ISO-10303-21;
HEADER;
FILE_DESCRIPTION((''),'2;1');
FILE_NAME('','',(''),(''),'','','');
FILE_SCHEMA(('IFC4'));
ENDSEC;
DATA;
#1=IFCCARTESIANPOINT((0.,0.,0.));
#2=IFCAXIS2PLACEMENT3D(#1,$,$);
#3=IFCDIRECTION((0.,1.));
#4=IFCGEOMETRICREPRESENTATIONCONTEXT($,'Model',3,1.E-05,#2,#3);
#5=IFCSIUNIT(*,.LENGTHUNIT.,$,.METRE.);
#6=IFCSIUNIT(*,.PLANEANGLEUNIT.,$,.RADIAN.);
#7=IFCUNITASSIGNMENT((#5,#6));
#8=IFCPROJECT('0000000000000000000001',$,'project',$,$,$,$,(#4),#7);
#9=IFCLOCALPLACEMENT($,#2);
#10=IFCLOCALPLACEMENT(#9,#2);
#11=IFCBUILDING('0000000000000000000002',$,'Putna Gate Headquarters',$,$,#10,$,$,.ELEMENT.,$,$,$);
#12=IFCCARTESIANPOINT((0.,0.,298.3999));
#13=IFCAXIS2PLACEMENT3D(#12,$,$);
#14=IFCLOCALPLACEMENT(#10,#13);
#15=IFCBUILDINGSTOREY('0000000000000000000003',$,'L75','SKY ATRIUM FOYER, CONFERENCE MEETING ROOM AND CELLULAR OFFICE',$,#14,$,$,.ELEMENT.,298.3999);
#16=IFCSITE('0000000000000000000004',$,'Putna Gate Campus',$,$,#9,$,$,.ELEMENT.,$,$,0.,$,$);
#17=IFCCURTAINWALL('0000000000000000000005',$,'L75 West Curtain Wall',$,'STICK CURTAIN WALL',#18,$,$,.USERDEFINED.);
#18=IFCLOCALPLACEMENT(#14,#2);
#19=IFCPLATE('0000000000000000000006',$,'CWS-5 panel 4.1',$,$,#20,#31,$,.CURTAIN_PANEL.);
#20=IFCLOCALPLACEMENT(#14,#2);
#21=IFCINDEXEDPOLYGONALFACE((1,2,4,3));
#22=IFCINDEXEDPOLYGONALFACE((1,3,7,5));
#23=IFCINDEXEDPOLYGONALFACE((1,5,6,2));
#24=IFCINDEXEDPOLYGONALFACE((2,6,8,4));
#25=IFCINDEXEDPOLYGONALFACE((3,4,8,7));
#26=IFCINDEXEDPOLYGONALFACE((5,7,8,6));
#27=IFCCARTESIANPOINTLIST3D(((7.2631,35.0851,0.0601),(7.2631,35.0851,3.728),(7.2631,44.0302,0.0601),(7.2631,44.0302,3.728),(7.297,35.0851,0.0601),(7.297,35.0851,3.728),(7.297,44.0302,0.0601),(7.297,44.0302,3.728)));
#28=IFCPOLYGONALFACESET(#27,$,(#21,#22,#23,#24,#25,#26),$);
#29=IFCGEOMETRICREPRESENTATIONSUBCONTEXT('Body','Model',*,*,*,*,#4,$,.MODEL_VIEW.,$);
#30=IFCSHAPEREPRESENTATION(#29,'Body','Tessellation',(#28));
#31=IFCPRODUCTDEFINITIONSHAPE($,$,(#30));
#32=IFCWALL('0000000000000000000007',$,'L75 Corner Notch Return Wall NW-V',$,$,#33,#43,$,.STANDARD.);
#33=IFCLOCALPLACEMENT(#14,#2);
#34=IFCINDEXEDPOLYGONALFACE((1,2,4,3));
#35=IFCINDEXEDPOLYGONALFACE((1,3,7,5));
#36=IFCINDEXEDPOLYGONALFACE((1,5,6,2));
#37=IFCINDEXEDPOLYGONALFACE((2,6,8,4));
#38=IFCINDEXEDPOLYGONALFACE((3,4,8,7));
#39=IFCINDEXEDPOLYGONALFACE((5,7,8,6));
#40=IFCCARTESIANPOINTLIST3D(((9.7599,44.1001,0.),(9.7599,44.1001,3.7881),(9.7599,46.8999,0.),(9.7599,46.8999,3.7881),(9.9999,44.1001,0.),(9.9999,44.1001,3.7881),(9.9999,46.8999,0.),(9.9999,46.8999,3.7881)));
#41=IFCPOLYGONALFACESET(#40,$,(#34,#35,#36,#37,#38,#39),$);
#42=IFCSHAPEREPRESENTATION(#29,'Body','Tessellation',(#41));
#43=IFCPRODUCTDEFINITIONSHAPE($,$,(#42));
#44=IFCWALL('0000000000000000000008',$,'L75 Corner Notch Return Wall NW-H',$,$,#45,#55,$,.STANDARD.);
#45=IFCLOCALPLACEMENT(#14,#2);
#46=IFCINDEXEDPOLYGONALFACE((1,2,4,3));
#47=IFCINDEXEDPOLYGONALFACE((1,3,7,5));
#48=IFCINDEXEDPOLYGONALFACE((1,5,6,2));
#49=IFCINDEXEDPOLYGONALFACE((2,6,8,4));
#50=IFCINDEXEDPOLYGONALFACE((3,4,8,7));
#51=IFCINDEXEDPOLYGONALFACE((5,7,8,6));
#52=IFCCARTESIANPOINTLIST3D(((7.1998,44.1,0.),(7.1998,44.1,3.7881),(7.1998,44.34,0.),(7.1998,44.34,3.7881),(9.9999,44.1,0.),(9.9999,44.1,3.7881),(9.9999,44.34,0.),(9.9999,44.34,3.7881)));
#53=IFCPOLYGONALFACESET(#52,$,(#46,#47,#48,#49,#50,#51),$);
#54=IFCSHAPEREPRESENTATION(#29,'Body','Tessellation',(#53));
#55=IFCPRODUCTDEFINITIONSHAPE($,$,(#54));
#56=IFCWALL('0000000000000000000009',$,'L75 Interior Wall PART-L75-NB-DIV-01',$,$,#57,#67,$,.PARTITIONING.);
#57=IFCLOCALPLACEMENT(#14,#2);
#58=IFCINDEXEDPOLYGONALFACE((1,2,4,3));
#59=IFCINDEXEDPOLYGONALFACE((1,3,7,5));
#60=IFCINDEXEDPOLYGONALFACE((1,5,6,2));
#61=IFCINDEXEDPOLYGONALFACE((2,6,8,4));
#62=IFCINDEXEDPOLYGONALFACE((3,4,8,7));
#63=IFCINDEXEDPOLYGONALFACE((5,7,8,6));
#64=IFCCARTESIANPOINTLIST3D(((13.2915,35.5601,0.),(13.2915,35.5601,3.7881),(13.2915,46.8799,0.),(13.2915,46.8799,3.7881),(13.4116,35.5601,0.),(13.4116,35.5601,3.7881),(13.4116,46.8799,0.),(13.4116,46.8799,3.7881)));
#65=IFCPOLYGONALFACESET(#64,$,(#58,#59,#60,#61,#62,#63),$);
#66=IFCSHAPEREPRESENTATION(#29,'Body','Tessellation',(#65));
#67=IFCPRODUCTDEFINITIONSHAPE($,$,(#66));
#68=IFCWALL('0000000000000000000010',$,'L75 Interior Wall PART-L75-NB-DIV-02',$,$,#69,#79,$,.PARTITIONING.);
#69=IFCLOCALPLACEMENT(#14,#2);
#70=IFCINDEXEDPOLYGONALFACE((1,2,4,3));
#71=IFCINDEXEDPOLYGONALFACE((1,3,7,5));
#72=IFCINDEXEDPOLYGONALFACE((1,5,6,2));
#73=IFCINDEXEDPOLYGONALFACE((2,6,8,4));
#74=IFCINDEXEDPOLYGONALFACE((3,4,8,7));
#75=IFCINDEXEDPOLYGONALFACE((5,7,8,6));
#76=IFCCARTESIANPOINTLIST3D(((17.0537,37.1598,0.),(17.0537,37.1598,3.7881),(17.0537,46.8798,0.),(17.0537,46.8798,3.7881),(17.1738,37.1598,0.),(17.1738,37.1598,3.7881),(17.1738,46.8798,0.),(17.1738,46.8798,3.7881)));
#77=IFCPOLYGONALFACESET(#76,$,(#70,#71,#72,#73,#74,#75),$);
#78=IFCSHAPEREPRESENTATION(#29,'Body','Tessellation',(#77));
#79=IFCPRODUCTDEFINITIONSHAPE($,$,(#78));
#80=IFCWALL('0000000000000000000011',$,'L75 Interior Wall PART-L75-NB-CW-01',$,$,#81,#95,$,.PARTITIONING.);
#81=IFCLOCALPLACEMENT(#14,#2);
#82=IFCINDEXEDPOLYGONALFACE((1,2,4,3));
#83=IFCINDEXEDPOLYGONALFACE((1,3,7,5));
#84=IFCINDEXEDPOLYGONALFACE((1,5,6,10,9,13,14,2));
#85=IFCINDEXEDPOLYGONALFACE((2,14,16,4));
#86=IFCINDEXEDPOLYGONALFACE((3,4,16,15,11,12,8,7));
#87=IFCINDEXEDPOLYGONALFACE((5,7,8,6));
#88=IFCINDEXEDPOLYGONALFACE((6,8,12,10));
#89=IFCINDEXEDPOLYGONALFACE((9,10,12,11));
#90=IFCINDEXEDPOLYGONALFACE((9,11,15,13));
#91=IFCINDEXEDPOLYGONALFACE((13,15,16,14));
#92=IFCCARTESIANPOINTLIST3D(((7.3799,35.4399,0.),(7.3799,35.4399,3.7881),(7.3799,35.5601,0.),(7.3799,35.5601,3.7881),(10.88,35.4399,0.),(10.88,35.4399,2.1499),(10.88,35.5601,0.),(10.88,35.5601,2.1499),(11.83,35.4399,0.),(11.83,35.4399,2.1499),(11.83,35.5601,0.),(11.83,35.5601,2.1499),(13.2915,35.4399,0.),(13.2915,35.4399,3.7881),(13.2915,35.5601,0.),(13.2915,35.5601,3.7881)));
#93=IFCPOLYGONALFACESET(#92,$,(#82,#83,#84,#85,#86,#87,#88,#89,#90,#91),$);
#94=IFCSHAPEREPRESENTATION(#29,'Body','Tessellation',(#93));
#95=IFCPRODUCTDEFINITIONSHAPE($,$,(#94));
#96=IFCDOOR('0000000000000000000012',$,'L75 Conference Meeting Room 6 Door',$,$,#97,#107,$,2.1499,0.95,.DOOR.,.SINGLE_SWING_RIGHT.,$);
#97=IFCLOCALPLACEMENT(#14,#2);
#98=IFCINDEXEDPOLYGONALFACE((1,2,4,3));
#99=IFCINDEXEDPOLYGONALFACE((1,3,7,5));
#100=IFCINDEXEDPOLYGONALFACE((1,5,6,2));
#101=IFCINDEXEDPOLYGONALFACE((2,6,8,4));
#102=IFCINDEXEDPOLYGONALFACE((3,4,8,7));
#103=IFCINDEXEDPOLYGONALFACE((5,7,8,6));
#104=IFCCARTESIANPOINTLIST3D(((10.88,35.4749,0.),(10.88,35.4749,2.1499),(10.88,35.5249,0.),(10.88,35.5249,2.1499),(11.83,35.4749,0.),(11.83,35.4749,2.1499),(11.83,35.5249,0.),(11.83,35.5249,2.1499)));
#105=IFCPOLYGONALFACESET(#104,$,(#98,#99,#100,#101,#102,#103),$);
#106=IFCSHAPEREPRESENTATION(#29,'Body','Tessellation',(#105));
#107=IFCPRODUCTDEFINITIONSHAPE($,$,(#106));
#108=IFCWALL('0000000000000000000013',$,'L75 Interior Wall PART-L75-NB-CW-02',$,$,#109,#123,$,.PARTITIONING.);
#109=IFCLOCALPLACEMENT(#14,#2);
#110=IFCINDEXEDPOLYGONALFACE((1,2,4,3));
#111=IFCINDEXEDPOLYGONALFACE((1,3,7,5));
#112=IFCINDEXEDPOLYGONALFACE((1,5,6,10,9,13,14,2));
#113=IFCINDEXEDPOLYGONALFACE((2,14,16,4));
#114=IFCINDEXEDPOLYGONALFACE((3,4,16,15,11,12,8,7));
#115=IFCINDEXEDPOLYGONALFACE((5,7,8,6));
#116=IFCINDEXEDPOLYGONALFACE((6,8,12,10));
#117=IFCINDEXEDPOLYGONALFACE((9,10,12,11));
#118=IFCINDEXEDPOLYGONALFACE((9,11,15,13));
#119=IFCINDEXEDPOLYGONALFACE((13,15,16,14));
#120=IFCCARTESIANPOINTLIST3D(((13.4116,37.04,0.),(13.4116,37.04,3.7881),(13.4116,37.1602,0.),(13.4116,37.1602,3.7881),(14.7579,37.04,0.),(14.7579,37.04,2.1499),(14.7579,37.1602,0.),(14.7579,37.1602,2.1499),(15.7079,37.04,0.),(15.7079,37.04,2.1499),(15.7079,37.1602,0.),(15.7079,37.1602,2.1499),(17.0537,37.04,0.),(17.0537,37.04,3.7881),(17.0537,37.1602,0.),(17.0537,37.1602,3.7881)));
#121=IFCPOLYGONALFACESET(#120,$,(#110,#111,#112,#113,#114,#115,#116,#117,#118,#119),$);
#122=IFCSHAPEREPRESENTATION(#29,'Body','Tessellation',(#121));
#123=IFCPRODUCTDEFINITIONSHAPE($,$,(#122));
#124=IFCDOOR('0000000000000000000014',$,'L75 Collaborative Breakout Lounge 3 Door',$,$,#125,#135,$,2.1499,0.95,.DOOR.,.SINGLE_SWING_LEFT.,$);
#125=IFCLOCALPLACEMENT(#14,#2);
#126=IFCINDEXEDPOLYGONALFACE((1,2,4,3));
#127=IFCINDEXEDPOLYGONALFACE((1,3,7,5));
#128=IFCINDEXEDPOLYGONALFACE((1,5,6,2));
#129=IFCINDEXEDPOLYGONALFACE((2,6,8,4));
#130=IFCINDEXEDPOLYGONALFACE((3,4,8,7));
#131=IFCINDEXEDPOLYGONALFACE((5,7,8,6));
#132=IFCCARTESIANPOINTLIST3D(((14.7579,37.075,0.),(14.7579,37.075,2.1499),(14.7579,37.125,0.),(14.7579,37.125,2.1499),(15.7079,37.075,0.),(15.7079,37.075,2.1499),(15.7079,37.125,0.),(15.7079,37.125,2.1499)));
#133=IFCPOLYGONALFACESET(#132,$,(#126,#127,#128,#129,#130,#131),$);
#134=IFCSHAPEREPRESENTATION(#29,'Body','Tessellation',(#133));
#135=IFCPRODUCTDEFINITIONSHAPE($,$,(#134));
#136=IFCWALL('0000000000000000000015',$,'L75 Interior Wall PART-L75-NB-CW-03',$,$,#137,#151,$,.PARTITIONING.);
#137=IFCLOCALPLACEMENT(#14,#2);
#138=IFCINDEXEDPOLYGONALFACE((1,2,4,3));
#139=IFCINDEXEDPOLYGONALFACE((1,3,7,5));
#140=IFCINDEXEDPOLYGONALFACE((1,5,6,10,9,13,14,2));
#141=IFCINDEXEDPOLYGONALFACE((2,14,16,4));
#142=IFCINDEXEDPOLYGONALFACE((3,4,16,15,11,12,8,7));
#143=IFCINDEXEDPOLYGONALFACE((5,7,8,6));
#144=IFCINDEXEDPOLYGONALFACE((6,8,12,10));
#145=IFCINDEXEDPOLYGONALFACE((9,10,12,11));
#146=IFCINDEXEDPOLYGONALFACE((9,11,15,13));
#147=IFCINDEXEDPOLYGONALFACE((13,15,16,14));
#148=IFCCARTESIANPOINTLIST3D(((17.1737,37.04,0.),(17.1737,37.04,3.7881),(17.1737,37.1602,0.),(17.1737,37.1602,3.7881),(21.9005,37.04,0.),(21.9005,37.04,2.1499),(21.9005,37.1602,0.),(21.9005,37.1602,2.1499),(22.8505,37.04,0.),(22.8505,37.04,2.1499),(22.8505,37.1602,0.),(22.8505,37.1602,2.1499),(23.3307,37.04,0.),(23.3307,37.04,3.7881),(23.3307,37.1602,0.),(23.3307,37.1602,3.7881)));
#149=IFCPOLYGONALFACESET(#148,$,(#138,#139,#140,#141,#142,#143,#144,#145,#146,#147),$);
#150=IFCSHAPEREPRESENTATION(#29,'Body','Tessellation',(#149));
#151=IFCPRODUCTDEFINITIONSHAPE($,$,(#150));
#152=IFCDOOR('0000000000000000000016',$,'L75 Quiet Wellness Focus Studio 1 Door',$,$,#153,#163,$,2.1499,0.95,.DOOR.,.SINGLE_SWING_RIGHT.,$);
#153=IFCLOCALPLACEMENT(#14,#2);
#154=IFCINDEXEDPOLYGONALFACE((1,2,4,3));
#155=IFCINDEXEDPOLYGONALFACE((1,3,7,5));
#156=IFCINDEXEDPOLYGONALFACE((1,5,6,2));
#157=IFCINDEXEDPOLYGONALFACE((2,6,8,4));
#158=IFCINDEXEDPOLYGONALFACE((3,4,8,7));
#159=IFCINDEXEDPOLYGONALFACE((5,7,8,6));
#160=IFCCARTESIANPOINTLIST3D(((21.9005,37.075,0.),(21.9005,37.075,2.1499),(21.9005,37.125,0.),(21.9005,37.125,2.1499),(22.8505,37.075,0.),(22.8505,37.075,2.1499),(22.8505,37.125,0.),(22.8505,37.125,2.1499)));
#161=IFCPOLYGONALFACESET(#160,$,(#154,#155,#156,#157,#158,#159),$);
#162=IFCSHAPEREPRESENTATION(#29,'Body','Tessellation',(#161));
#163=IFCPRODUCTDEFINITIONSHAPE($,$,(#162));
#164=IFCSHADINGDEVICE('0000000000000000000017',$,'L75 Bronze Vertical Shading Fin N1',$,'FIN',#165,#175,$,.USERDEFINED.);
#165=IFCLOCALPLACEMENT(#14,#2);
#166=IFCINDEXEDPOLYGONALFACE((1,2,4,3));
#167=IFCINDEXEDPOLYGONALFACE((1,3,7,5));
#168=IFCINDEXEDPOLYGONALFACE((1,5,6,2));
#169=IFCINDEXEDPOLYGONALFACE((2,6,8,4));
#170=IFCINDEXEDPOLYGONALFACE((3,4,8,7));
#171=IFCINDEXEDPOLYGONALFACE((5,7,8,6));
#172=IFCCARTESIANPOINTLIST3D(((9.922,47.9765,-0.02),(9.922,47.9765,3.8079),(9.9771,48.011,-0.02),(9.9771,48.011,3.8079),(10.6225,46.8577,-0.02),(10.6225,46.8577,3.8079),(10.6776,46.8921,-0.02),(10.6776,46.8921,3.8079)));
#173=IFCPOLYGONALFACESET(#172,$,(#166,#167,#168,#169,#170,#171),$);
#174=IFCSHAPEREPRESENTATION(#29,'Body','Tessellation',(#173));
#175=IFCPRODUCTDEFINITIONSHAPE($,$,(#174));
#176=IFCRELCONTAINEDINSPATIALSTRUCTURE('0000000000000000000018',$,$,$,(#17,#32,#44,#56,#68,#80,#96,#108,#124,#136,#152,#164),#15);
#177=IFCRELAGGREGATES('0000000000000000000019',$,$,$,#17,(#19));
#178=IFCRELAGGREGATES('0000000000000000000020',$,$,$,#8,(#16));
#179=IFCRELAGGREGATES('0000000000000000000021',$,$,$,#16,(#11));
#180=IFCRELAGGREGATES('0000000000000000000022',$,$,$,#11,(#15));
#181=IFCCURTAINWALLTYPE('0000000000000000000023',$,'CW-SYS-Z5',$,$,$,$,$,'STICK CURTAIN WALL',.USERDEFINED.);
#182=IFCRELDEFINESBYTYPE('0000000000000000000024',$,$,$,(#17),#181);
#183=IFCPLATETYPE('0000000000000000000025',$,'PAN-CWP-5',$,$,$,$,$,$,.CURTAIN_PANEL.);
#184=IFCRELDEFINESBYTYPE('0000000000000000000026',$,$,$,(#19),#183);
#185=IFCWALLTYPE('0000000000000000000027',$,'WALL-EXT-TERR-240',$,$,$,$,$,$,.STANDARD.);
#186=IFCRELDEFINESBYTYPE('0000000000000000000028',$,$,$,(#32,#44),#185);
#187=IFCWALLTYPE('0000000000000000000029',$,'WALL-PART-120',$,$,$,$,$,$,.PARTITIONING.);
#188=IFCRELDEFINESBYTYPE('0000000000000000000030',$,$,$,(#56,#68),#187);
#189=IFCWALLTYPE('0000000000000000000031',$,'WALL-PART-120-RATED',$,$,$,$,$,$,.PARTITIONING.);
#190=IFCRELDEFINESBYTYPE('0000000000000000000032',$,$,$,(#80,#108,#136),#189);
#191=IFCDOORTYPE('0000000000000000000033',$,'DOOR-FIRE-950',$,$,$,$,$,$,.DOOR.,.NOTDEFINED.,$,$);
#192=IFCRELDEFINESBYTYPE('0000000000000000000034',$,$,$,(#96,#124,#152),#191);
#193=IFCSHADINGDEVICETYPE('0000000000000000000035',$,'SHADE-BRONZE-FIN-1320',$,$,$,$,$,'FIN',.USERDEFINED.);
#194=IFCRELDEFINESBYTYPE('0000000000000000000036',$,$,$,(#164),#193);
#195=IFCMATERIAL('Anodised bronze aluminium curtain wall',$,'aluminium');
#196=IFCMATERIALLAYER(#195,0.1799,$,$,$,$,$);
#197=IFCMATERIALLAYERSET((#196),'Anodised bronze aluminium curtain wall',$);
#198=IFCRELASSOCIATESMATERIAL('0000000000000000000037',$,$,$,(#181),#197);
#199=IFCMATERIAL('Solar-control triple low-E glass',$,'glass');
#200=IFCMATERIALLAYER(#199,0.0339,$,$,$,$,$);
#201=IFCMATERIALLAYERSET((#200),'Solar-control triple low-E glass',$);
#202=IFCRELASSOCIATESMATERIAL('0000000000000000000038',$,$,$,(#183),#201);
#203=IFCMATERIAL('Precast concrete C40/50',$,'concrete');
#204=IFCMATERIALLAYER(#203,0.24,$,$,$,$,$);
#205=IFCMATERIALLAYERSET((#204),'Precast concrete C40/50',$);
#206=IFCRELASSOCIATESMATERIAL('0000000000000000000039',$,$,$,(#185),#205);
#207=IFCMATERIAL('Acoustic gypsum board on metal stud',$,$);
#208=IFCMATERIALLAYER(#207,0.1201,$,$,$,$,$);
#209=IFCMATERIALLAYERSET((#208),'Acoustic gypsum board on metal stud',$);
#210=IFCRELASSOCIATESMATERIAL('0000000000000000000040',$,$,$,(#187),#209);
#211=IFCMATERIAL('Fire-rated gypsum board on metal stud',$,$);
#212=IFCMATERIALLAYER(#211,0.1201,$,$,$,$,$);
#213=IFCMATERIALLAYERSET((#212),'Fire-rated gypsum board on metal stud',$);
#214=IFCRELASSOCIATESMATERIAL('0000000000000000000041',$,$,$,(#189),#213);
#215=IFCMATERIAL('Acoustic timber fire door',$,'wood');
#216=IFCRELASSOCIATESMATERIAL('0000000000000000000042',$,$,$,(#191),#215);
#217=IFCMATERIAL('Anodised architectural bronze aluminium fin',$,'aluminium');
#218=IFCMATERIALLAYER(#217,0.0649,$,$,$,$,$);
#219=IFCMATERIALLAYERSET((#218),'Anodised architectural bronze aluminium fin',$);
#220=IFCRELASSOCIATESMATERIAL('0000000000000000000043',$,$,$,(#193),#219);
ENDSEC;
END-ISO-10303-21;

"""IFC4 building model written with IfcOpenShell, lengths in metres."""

from ifc_helpers import new_model, si_unit, direction, frame, frame_2d, origin, origin_2d, place, context, subcontext, project, spatial, rectangle, extrude, material, layer, layer_set, type_object, element, fill, aggregate, save


model = new_model("IFC4")

# Units and contexts
model_context = context("Model", 3, precision=1e-05, world=origin(), true_north=direction((0.0, 1.0)))
body_context = subcontext(model_context, "Body", "Model", "MODEL_VIEW")
ifc_project = project(units=[si_unit("LENGTHUNIT", "METRE"), si_unit("PLANEANGLEUNIT", "RADIAN")], contexts=[model_context])

# Site, building, storey
site_placement = place(None, origin())
site = spatial("IfcSite", under=ifc_project, at=site_placement, Name="Putna Gate Campus", CompositionType="ELEMENT", RefElevation=0.0)
building_placement = place(site_placement, origin())
building = spatial("IfcBuilding", under=site, at=building_placement, Name="Putna Gate Headquarters", CompositionType="ELEMENT")
storey_placement = place(building_placement, frame((0.0, 0.0, 298.3999)))
storey = spatial("IfcBuildingStorey", under=building, at=storey_placement, Name="L75", Description="SKY ATRIUM FOYER, CONFERENCE MEETING ROOM AND CELLULAR OFFICE", CompositionType="ELEMENT", Elevation=298.3999)

# Shared definitions
ifc_material_1 = material(Name="Anodised bronze aluminium curtain wall", Category="aluminium")
ifc_layer_1 = layer(ifc_material_1, 0.1799)
ifc_layer_set_1 = layer_set([ifc_layer_1], Name="Anodised bronze aluminium curtain wall")
curtain_wall_type = type_object("IfcCurtainWallType", Name="CW-SYS-Z5", ElementType="STICK CURTAIN WALL", PredefinedType="USERDEFINED", material=ifc_layer_set_1)

# Curtain wall
curtain_wall_1_placement = place(storey_placement, origin())
curtain_wall_1 = element("IfcCurtainWall", 1, at=curtain_wall_1_placement, inside=storey, type_object=curtain_wall_type, Name="L75 West Curtain Wall", ObjectType="STICK CURTAIN WALL", PredefinedType="USERDEFINED")

# Plate
ifc_material_2 = material(Name="Solar-control triple low-E glass", Category="glass")
ifc_layer_2 = layer(ifc_material_2, 0.0339)
ifc_layer_set_2 = layer_set([ifc_layer_2], Name="Solar-control triple low-E glass")
plate_type = type_object("IfcPlateType", Name="PAN-CWP-5", PredefinedType="CURTAIN_PANEL", material=ifc_layer_set_2)
plate_1_placement = place(storey_placement, frame((7.28, 39.5576, 0.0601), z_axis=(0.0, 0.0, 1.0), x_axis=(0.0, 1.0, 0.0)))
plate_1 = element("IfcPlate", 2, at=plate_1_placement, type_object=plate_type, Name="CWS-5 panel 4.1", PredefinedType="CURTAIN_PANEL", context=body_context, shape_type="SweptSolid", body=[
    extrude(rectangle(XDim=8.9451, YDim=0.0339, at=origin_2d()), origin(), (0.0, 0.0, 1.0), 3.668),
])
aggregate(curtain_wall_1, [plate_1])

# Walls
ifc_material_3 = material(Name="Precast concrete C40/50", Category="concrete")
ifc_layer_3 = layer(ifc_material_3, 0.24)
ifc_layer_set_3 = layer_set([ifc_layer_3], Name="Precast concrete C40/50")
wall_type_1 = type_object("IfcWallType", Name="WALL-EXT-TERR-240", PredefinedType="STANDARD", material=ifc_layer_set_3)
wall_1_placement = place(storey_placement, frame((9.8799, 44.1001, 0.0), z_axis=(0.0, 0.0, 1.0), x_axis=(0.0, 1.0, 0.0)))
element("IfcWall", 3, at=wall_1_placement, inside=storey, type_object=wall_type_1, Name="L75 Corner Notch Return Wall NW-V", PredefinedType="STANDARD", context=body_context, shape_type="SweptSolid", body=[
    extrude(rectangle(XDim=2.7998, YDim=0.24, at=frame_2d((1.3999, 0.0))), origin(), (0.0, 0.0, 1.0), 3.7881),
])
wall_2_placement = place(storey_placement, frame((7.2, 44.22, 0.0), z_axis=(0.0, 0.0, 1.0), x_axis=(1.0, 0.0, 0.0)))
element("IfcWall", 4, at=wall_2_placement, inside=storey, type_object=wall_type_1, Name="L75 Corner Notch Return Wall NW-H", PredefinedType="STANDARD", context=body_context, shape_type="SweptSolid", body=[
    extrude(rectangle(XDim=2.8, YDim=0.24, at=frame_2d((1.3999, 0.0))), origin(), (0.0, 0.0, 1.0), 3.7881),
])
ifc_material_4 = material(Name="Acoustic gypsum board on metal stud")
ifc_layer_4 = layer(ifc_material_4, 0.1201)
ifc_layer_set_4 = layer_set([ifc_layer_4], Name="Acoustic gypsum board on metal stud")
wall_type_2 = type_object("IfcWallType", Name="WALL-PART-120", PredefinedType="PARTITIONING", material=ifc_layer_set_4)
wall_3_placement = place(storey_placement, frame((13.3516, 35.5601, 0.0), z_axis=(0.0, 0.0, 1.0), x_axis=(0.0, 1.0, 0.0)))
element("IfcWall", 5, at=wall_3_placement, inside=storey, type_object=wall_type_2, Name="L75 Interior Wall PART-L75-NB-DIV-01", PredefinedType="PARTITIONING", context=body_context, shape_type="SweptSolid", body=[
    extrude(rectangle(XDim=11.3198, YDim=0.1201, at=frame_2d((5.6599, 0.0))), origin(), (0.0, 0.0, 1.0), 3.7881),
])
wall_4_placement = place(storey_placement, frame((17.1138, 37.1599, 0.0), z_axis=(0.0, 0.0, 1.0), x_axis=(0.0, 1.0, 0.0)))
element("IfcWall", 6, at=wall_4_placement, inside=storey, type_object=wall_type_2, Name="L75 Interior Wall PART-L75-NB-DIV-02", PredefinedType="PARTITIONING", context=body_context, shape_type="SweptSolid", body=[
    extrude(rectangle(XDim=9.72, YDim=0.1201, at=frame_2d((4.8599, 0.0))), origin(), (0.0, 0.0, 1.0), 3.7881),
])

# Walls, openings, doors
ifc_material_5 = material(Name="Fire-rated gypsum board on metal stud")
ifc_layer_5 = layer(ifc_material_5, 0.1201)
ifc_layer_set_5 = layer_set([ifc_layer_5], Name="Fire-rated gypsum board on metal stud")
wall_type_3 = type_object("IfcWallType", Name="WALL-PART-120-RATED", PredefinedType="PARTITIONING", material=ifc_layer_set_5)
wall_5_placement = place(storey_placement, frame((7.3799, 35.5, 0.0), z_axis=(0.0, 0.0, 1.0), x_axis=(1.0, 0.0, 0.0)))
wall_5 = element("IfcWall", 7, at=wall_5_placement, inside=storey, type_object=wall_type_3, Name="L75 Interior Wall PART-L75-NB-CW-01", PredefinedType="PARTITIONING", context=body_context, shape_type="SweptSolid", body=[
    extrude(rectangle(XDim=5.9116, YDim=0.1201, at=frame_2d((2.9558, 0.0))), origin(), (0.0, 0.0, 1.0), 3.7881),
])
opening_1_placement = place(wall_5_placement, frame((3.5, 0.0, 0.0)))
opening_1 = element("IfcOpeningElement", 8, at=opening_1_placement, cuts=wall_5, PredefinedType="OPENING", context=body_context, shape_type="SweptSolid", body=[
    extrude(rectangle(XDim=0.95, YDim=2.1499, at=frame_2d((0.4751, 1.075))), frame((0.0, 0.0701, 0.0), z_axis=(0.0, -1.0, 0.0), x_axis=(1.0, 0.0, 0.0)), (0.0, 0.0, 1.0), 0.1401),
])
ifc_material_6 = material(Name="Acoustic timber fire door", Category="wood")
door_type = type_object("IfcDoorType", Name="DOOR-FIRE-950", OperationType="NOTDEFINED", PredefinedType="DOOR", material=ifc_material_6)
door_1_placement = place(opening_1_placement, origin())
door_1 = element("IfcDoor", 9, at=door_1_placement, inside=storey, type_object=door_type, Name="L75 Conference Meeting Room 6 Door", OperationType="SINGLE_SWING_RIGHT", OverallHeight=2.1499, OverallWidth=0.95, PredefinedType="DOOR", context=body_context, shape_type="SweptSolid", body=[
    extrude(rectangle(XDim=0.95, YDim=2.1499, at=frame_2d((0.4751, 1.075))), frame((0.0, 0.0249, 0.0), z_axis=(0.0, -1.0, 0.0), x_axis=(1.0, 0.0, 0.0)), (0.0, 0.0, 1.0), 0.05),
])
fill(opening_1, door_1)
wall_6_placement = place(storey_placement, frame((13.4116, 37.1001, 0.0), z_axis=(0.0, 0.0, 1.0), x_axis=(1.0, 0.0, 0.0)))
wall_6 = element("IfcWall", 10, at=wall_6_placement, inside=storey, type_object=wall_type_3, Name="L75 Interior Wall PART-L75-NB-CW-02", PredefinedType="PARTITIONING", context=body_context, shape_type="SweptSolid", body=[
    extrude(rectangle(XDim=3.6421, YDim=0.1201, at=frame_2d((1.821, 0.0))), origin(), (0.0, 0.0, 1.0), 3.7881),
])
opening_2_placement = place(wall_6_placement, frame((1.3462, 0.0, 0.0)))
opening_2 = element("IfcOpeningElement", 11, at=opening_2_placement, cuts=wall_6, PredefinedType="OPENING", context=body_context, shape_type="SweptSolid", body=[
    extrude(rectangle(XDim=0.95, YDim=2.1499, at=frame_2d((0.4751, 1.075))), frame((0.0, 0.0701, 0.0), z_axis=(0.0, -1.0, 0.0), x_axis=(1.0, 0.0, 0.0)), (0.0, 0.0, 1.0), 0.1401),
])
door_2_placement = place(opening_2_placement, origin())
door_2 = element("IfcDoor", 12, at=door_2_placement, inside=storey, type_object=door_type, Name="L75 Collaborative Breakout Lounge 3 Door", OperationType="SINGLE_SWING_LEFT", OverallHeight=2.1499, OverallWidth=0.95, PredefinedType="DOOR", context=body_context, shape_type="SweptSolid", body=[
    extrude(rectangle(XDim=0.95, YDim=2.1499, at=frame_2d((0.4751, 1.075))), frame((0.0, 0.0249, 0.0), z_axis=(0.0, -1.0, 0.0), x_axis=(1.0, 0.0, 0.0)), (0.0, 0.0, 1.0), 0.05),
])
fill(opening_2, door_2)
wall_7_placement = place(storey_placement, frame((17.1736, 37.1001, 0.0), z_axis=(0.0, 0.0, 1.0), x_axis=(1.0, 0.0, 0.0)))
wall_7 = element("IfcWall", 13, at=wall_7_placement, inside=storey, type_object=wall_type_3, Name="L75 Interior Wall PART-L75-NB-CW-03", PredefinedType="PARTITIONING", context=body_context, shape_type="SweptSolid", body=[
    extrude(rectangle(XDim=6.157, YDim=0.1201, at=frame_2d((3.0786, 0.0))), origin(), (0.0, 0.0, 1.0), 3.7881),
])
opening_3_placement = place(wall_7_placement, frame((4.7268, 0.0, 0.0)))
opening_3 = element("IfcOpeningElement", 14, at=opening_3_placement, cuts=wall_7, PredefinedType="OPENING", context=body_context, shape_type="SweptSolid", body=[
    extrude(rectangle(XDim=0.95, YDim=2.1499, at=frame_2d((0.4751, 1.075))), frame((0.0, 0.0701, 0.0), z_axis=(0.0, -1.0, 0.0), x_axis=(1.0, 0.0, 0.0)), (0.0, 0.0, 1.0), 0.1401),
])
door_3_placement = place(opening_3_placement, origin())
door_3 = element("IfcDoor", 15, at=door_3_placement, inside=storey, type_object=door_type, Name="L75 Quiet Wellness Focus Studio 1 Door", OperationType="SINGLE_SWING_RIGHT", OverallHeight=2.1499, OverallWidth=0.95, PredefinedType="DOOR", context=body_context, shape_type="SweptSolid", body=[
    extrude(rectangle(XDim=0.95, YDim=2.1499, at=frame_2d((0.4751, 1.075))), frame((0.0, 0.0249, 0.0), z_axis=(0.0, -1.0, 0.0), x_axis=(1.0, 0.0, 0.0)), (0.0, 0.0, 1.0), 0.05),
])
fill(opening_3, door_3)

# Shading device
ifc_material_7 = material(Name="Anodised architectural bronze aluminium fin", Category="aluminium")
ifc_layer_6 = layer(ifc_material_7, 0.0649)
ifc_layer_set_6 = layer_set([ifc_layer_6], Name="Anodised architectural bronze aluminium fin")
shading_device_type = type_object("IfcShadingDeviceType", Name="SHADE-BRONZE-FIN-1320", ElementType="FIN", PredefinedType="USERDEFINED", material=ifc_layer_set_6)
for number, where, z_axis, x_axis, name in (
    (16, (10.2998, 47.4343, -0.02), (0.0, 0.0, 1.0), (-0.530659, 0.847585, 0.0), "L75 Bronze Vertical Shading Fin N1"),
):
    element("IfcShadingDevice", number, at=place(storey_placement, frame(where, z_axis=z_axis, x_axis=x_axis)), inside=storey, type_object=shading_device_type, Name=name, ObjectType="FIN", PredefinedType="USERDEFINED", context=body_context, shape_type="SweptSolid", body=[
        extrude(rectangle(XDim=1.3201, YDim=0.0649, at=origin_2d()), origin(), (0.0, 0.0, 1.0), 3.8279),
    ])

save(model, "model.ifc")
